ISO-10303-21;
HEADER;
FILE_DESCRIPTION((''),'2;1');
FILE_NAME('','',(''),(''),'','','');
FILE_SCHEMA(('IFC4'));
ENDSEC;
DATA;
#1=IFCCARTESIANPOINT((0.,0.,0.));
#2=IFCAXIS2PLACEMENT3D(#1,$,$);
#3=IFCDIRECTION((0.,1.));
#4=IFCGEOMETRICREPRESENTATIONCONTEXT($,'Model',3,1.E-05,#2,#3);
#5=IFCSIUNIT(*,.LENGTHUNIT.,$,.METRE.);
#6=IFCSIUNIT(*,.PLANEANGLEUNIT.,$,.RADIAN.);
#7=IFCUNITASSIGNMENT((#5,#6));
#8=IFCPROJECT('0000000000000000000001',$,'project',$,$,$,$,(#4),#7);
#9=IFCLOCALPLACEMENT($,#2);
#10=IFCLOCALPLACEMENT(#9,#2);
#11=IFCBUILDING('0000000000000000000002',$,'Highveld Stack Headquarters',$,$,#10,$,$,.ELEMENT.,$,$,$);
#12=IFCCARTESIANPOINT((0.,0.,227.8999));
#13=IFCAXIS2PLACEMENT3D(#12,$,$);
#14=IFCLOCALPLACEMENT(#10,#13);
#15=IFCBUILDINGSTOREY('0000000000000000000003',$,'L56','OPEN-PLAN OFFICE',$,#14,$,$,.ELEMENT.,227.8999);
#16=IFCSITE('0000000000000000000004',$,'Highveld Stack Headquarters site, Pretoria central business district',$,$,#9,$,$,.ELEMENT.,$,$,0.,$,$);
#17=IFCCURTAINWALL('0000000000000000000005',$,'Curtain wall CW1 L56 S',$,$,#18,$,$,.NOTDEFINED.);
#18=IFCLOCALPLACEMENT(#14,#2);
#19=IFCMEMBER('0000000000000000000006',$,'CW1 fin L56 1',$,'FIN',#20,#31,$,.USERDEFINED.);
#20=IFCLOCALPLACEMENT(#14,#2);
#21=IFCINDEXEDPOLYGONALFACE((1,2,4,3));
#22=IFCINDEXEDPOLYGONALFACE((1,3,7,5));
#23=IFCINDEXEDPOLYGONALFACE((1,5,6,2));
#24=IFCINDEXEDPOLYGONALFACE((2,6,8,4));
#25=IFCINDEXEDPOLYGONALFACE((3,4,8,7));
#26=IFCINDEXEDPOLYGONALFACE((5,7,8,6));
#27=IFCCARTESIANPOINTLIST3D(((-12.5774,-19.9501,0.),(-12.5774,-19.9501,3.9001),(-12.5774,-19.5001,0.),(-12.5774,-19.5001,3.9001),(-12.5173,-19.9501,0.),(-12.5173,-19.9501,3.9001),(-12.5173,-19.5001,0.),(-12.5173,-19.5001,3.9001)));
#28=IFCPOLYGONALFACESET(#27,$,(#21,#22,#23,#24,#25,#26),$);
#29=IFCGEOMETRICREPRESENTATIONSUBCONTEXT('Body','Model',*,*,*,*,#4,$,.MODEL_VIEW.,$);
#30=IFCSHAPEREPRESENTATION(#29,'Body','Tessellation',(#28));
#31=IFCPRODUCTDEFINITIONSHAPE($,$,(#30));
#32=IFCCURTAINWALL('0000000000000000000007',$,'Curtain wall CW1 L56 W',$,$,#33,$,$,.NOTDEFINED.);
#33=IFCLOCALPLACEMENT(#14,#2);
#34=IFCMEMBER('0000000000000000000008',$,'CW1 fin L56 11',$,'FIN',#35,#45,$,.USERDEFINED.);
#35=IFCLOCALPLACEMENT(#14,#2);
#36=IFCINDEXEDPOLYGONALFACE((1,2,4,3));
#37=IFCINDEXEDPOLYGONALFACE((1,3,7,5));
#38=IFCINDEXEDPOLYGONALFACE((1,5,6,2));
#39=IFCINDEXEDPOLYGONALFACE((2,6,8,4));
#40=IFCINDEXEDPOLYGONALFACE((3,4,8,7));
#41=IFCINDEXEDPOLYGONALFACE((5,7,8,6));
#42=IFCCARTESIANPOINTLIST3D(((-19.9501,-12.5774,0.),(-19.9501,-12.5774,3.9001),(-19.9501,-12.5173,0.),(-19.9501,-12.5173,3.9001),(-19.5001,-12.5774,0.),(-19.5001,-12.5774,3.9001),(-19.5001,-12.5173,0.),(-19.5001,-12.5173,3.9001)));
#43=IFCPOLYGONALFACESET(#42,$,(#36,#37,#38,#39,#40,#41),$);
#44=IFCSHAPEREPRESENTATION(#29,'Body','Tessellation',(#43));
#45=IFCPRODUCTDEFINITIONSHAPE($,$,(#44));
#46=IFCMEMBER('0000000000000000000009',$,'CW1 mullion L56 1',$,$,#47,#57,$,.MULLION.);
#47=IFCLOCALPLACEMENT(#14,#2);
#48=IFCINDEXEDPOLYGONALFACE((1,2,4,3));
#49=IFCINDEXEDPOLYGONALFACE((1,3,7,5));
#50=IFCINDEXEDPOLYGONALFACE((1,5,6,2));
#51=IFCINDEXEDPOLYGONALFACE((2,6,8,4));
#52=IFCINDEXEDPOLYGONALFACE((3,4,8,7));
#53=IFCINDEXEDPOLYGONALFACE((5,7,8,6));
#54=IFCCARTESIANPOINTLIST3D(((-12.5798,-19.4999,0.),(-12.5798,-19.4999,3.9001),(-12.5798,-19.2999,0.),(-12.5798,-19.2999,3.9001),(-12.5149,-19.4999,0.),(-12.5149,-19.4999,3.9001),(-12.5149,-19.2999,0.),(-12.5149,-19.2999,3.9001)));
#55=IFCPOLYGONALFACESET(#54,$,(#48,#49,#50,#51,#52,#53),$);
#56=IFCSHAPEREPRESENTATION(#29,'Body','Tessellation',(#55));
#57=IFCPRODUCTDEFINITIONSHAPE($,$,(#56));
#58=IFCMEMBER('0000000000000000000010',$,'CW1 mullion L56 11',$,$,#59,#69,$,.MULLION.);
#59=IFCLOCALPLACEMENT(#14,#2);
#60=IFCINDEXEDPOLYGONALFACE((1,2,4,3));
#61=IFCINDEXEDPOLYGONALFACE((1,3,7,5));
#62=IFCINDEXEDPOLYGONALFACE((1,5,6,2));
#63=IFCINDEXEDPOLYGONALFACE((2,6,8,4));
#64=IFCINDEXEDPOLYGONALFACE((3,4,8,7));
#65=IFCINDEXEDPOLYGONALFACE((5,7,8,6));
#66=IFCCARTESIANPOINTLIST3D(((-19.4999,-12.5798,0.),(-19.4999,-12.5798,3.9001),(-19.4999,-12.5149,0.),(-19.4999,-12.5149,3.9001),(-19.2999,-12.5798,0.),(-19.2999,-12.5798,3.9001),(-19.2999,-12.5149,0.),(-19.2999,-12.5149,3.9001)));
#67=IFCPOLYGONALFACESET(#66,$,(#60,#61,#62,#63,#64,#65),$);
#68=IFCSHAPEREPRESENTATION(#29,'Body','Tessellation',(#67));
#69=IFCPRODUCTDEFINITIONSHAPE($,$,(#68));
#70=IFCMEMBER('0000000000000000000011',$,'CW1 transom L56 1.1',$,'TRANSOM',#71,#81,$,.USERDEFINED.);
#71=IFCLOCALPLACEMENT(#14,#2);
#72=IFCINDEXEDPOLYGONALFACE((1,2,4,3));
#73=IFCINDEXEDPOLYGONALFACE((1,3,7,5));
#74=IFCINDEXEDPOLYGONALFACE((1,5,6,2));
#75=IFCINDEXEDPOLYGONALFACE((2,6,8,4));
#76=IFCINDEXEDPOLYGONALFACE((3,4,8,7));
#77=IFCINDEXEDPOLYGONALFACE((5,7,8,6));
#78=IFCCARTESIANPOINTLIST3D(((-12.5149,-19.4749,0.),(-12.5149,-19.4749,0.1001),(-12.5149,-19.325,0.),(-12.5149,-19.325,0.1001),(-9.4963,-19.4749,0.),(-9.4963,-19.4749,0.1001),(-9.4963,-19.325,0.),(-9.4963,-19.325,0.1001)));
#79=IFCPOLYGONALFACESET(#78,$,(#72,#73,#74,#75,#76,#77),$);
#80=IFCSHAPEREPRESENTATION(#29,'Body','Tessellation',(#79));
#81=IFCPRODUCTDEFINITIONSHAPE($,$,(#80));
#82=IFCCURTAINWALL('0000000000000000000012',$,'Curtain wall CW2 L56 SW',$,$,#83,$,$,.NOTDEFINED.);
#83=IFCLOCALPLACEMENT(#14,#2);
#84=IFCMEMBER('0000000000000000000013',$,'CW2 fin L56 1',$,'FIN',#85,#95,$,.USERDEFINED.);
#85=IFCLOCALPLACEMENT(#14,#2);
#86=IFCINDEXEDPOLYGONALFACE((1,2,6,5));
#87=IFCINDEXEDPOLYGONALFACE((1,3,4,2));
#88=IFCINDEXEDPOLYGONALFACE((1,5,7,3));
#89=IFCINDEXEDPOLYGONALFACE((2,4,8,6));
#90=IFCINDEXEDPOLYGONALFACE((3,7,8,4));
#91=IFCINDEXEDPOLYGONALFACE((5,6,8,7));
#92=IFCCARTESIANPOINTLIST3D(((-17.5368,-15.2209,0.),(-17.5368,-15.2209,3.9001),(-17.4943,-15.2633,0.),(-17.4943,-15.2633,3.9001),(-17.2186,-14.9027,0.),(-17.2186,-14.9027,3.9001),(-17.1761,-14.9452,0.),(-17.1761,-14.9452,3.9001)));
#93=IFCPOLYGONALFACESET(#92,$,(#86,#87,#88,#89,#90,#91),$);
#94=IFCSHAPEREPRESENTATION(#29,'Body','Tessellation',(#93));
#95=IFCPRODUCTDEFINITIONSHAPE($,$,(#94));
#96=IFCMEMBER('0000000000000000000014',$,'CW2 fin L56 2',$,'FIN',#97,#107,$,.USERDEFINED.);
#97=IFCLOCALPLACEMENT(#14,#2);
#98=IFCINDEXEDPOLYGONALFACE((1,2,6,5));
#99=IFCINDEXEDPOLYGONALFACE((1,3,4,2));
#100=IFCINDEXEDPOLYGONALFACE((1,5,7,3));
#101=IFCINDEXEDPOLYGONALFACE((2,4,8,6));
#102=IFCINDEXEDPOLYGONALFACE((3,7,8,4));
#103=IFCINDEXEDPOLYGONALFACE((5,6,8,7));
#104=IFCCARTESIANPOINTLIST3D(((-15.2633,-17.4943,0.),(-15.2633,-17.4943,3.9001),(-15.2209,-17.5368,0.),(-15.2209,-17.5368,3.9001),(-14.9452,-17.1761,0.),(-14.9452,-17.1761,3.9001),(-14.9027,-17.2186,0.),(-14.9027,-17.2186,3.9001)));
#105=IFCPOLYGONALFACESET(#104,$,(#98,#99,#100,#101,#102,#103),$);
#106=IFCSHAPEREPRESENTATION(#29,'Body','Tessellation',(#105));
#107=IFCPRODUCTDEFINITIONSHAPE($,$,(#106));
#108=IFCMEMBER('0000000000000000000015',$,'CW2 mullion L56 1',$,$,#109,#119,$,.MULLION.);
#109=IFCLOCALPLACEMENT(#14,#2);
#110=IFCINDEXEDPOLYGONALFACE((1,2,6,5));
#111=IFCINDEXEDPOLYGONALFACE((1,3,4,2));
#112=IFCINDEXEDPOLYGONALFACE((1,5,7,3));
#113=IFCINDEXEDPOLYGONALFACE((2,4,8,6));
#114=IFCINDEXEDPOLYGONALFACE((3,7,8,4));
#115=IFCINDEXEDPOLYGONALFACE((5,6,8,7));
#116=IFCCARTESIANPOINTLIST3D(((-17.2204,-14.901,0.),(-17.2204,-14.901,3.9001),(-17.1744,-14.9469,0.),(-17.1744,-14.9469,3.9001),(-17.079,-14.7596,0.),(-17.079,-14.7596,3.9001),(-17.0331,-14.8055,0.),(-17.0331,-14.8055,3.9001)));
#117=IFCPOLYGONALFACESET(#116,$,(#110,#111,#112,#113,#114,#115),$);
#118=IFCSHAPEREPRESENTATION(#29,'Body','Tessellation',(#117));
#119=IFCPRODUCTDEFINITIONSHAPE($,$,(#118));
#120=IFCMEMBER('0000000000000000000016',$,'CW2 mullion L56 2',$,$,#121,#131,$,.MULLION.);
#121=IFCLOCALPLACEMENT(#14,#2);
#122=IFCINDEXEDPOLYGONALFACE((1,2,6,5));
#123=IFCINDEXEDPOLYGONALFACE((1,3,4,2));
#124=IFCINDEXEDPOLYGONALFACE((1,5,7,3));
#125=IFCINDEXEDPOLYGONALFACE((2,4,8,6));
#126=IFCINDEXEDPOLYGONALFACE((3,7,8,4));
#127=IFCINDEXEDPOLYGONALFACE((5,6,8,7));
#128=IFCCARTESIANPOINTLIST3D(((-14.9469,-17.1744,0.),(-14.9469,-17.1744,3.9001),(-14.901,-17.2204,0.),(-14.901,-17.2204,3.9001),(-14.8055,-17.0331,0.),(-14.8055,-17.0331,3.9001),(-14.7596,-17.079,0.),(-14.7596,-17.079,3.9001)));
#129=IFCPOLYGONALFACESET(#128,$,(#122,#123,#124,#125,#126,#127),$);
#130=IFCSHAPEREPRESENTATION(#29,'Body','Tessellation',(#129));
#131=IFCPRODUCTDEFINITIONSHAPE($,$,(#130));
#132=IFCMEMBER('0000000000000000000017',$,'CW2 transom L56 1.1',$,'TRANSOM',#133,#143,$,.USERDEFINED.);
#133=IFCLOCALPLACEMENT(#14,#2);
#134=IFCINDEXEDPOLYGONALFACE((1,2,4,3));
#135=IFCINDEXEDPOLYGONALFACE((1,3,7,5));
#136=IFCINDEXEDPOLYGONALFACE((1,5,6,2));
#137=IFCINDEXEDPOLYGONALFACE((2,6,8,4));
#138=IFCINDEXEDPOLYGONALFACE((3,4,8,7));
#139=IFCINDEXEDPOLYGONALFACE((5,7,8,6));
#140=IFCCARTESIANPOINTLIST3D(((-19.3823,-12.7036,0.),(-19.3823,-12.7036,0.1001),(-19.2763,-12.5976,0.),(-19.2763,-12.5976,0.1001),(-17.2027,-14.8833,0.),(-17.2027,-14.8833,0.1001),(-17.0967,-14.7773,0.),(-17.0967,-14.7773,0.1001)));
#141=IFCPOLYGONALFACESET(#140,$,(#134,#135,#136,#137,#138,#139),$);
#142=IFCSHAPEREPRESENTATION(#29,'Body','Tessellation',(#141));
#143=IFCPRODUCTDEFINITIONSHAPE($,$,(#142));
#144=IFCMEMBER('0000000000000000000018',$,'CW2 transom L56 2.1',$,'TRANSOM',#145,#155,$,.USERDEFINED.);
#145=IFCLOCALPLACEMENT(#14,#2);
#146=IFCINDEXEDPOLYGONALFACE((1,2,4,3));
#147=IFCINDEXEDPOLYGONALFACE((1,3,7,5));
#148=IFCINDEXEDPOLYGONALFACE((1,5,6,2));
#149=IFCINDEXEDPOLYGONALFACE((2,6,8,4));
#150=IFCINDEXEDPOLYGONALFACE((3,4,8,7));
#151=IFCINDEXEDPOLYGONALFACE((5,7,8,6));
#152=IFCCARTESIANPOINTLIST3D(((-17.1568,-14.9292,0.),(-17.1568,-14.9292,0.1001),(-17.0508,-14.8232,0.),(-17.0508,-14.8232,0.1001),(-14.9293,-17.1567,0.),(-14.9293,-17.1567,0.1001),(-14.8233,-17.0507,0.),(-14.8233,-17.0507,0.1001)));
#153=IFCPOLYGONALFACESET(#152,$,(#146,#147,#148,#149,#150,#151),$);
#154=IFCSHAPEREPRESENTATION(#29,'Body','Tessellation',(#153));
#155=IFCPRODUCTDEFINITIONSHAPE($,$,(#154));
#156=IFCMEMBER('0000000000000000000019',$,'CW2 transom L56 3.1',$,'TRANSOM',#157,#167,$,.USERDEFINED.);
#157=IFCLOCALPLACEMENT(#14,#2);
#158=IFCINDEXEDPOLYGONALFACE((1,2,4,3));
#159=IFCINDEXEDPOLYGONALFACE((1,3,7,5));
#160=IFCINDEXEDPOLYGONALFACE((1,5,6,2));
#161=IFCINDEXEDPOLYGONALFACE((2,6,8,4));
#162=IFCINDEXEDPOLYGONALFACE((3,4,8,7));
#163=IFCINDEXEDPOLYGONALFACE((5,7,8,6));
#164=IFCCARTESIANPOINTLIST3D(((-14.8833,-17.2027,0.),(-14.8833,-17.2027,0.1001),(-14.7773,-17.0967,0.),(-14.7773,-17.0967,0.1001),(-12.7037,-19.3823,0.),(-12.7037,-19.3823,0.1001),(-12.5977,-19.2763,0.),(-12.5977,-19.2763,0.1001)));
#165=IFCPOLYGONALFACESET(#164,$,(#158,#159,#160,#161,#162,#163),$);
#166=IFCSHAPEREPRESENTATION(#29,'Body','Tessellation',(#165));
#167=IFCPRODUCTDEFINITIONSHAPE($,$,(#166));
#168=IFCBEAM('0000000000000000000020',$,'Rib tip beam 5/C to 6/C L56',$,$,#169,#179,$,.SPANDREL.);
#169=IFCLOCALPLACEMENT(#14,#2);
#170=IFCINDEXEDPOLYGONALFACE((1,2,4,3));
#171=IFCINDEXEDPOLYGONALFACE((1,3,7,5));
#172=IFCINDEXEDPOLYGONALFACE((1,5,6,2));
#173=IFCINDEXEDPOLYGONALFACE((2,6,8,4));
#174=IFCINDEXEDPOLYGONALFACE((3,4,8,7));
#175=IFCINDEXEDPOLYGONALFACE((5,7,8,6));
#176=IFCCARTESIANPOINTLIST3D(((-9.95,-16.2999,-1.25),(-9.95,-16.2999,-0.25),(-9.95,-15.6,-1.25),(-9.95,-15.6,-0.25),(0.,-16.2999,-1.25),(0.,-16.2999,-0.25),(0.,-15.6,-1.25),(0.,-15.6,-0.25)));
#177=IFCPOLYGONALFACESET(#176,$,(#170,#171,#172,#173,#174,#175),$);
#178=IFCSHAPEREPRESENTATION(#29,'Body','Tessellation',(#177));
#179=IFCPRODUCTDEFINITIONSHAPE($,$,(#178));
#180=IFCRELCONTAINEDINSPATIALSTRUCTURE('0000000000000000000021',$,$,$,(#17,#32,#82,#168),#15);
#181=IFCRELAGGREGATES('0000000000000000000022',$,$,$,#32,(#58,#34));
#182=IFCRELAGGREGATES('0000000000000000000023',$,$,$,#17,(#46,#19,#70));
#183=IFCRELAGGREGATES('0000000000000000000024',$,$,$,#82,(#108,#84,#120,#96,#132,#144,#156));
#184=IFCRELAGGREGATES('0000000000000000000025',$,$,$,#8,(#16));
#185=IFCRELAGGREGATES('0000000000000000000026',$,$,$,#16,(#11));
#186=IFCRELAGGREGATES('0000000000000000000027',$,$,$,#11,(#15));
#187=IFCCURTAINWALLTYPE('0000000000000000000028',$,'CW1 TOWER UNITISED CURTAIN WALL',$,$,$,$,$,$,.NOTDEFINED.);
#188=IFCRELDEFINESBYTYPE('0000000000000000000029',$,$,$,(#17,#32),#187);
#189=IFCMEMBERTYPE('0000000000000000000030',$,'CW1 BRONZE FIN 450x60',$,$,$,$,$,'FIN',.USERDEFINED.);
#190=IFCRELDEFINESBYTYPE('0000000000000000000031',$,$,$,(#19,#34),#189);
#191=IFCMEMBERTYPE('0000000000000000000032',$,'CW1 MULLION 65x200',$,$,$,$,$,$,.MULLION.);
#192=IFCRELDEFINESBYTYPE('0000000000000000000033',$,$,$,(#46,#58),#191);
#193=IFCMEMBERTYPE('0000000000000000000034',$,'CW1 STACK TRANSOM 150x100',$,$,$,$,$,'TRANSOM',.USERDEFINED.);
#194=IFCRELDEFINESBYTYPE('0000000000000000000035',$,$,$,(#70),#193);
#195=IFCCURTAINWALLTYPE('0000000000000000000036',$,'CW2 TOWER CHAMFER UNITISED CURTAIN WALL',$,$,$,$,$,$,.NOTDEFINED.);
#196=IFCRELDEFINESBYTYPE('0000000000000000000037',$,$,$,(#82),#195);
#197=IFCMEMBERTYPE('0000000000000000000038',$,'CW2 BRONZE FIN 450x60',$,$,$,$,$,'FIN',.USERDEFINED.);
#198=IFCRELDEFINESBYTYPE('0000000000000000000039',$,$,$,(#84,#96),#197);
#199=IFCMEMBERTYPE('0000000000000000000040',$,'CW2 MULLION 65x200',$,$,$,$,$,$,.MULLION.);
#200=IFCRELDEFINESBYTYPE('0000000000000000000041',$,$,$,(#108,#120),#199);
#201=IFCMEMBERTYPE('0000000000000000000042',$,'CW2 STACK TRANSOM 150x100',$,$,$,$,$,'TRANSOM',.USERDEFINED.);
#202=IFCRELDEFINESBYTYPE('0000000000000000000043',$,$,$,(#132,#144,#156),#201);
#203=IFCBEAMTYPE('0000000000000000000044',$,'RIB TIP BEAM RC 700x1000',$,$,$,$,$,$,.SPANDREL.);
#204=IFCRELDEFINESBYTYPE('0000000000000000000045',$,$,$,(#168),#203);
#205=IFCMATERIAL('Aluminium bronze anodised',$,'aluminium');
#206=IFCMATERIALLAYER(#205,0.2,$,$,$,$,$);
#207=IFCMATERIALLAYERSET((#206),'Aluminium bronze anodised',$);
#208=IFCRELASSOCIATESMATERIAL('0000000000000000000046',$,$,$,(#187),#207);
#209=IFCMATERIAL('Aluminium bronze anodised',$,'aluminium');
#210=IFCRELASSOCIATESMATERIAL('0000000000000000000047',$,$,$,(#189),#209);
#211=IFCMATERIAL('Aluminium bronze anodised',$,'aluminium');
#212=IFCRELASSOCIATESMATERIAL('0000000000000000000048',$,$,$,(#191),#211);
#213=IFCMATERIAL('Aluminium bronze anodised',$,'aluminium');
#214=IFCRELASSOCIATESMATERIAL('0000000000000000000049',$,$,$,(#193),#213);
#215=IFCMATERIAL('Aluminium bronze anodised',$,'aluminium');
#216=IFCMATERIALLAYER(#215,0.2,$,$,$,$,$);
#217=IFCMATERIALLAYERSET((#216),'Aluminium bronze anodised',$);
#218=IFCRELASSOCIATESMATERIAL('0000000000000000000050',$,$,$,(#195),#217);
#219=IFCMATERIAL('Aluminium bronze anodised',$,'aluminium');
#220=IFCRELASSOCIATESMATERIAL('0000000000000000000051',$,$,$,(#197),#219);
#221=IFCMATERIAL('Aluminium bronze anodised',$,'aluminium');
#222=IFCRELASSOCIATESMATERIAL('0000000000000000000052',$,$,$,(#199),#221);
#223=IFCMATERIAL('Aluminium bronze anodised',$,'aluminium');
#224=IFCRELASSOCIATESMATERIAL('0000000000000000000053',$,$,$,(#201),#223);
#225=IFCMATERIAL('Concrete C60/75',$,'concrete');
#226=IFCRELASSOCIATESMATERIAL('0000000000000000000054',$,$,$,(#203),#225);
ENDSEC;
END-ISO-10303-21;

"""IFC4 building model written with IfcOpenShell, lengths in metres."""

from ifc_helpers import new_model, si_unit, direction, frame, origin, origin_2d, place, context, subcontext, project, spatial, rectangle, extrude, material, layer, layer_set, material_profile, profile_set, type_object, element, aggregate, save


model = new_model("IFC4")

# Units and contexts
model_context = context("Model", 3, precision=1e-05, world=origin(), true_north=direction((0.0, 1.0)))
body_context = subcontext(model_context, "Body", "Model", "MODEL_VIEW")
ifc_project = project(units=[si_unit("LENGTHUNIT", "METRE"), si_unit("PLANEANGLEUNIT", "RADIAN")], contexts=[model_context])

# Site, building, storey
site_placement = place(None, origin())
site = spatial("IfcSite", under=ifc_project, at=site_placement, Name="Highveld Stack Headquarters site, Pretoria central business district", CompositionType="ELEMENT", RefElevation=0.0)
building_placement = place(site_placement, origin())
building = spatial("IfcBuilding", under=site, at=building_placement, Name="Highveld Stack Headquarters", CompositionType="ELEMENT")
storey_placement = place(building_placement, frame((0.0, 0.0, 227.8999)))
storey = spatial("IfcBuildingStorey", under=building, at=storey_placement, Name="L56", Description="OPEN-PLAN OFFICE", CompositionType="ELEMENT", Elevation=227.8999)

# Curtain walls, members
ifc_material_1 = material(Name="Aluminium bronze anodised", Category="aluminium")
ifc_layer_1 = layer(ifc_material_1, 0.2)
ifc_layer_set_1 = layer_set([ifc_layer_1], Name="Aluminium bronze anodised")
curtain_wall_type_1 = type_object("IfcCurtainWallType", Name="CW1 TOWER UNITISED CURTAIN WALL", PredefinedType="NOTDEFINED", material=ifc_layer_set_1)
curtain_wall_1_placement = place(storey_placement, origin())
curtain_wall_1 = element("IfcCurtainWall", 1, at=curtain_wall_1_placement, inside=storey, type_object=curtain_wall_type_1, Name="Curtain wall CW1 L56 S", PredefinedType="NOTDEFINED")
ifc_material_2 = material(Name="Aluminium bronze anodised", Category="aluminium")
ifc_material_profile_1 = material_profile(ifc_material_2, rectangle(XDim=0.45, YDim=0.0601, at=origin_2d()), Name="FIN 450x60")
ifc_profile_set_1 = profile_set([ifc_material_profile_1], Name="Aluminium bronze anodised")
member_type_1 = type_object("IfcMemberType", Name="CW1 BRONZE FIN 450x60", ElementType="FIN", PredefinedType="USERDEFINED", material=ifc_profile_set_1)
member_1_placement = place(storey_placement, frame((-12.5474, -19.7251, 0.0), z_axis=(0.0, 0.0, 1.0), x_axis=(0.0, 1.0, 0.0)))
member_1 = element("IfcMember", 2, at=member_1_placement, type_object=member_type_1, Name="CW1 fin L56 1", ObjectType="FIN", PredefinedType="USERDEFINED", context=body_context, shape_type="SweptSolid", body=[
    extrude(rectangle(XDim=0.45, YDim=0.0601, at=origin_2d()), origin(), (0.0, 0.0, 1.0), 3.9001),
])
curtain_wall_2_placement = place(storey_placement, origin())
curtain_wall_2 = element("IfcCurtainWall", 3, at=curtain_wall_2_placement, inside=storey, type_object=curtain_wall_type_1, Name="Curtain wall CW1 L56 W", PredefinedType="NOTDEFINED")
member_2_placement = place(storey_placement, frame((-19.7251, -12.5474, 0.0), z_axis=(0.0, 0.0, 1.0), x_axis=(1.0, 0.0, 0.0)))
member_2 = element("IfcMember", 4, at=member_2_placement, type_object=member_type_1, Name="CW1 fin L56 11", ObjectType="FIN", PredefinedType="USERDEFINED", context=body_context, shape_type="SweptSolid", body=[
    extrude(rectangle(XDim=0.45, YDim=0.0601, at=origin_2d()), origin(), (0.0, 0.0, 1.0), 3.9001),
])

# Members
ifc_material_3 = material(Name="Aluminium bronze anodised", Category="aluminium")
ifc_material_profile_2 = material_profile(ifc_material_3, rectangle(XDim=0.2, YDim=0.0649, at=origin_2d()), Name="CW1 MULLION 65x200")
ifc_profile_set_2 = profile_set([ifc_material_profile_2], Name="Aluminium bronze anodised")
member_type_2 = type_object("IfcMemberType", Name="CW1 MULLION 65x200", PredefinedType="MULLION", material=ifc_profile_set_2)
member_3_placement = place(storey_placement, frame((-12.5474, -19.3999, 0.0), z_axis=(0.0, 0.0, 1.0), x_axis=(0.0, 1.0, 0.0)))
member_3 = element("IfcMember", 5, at=member_3_placement, type_object=member_type_2, Name="CW1 mullion L56 1", PredefinedType="MULLION", context=body_context, shape_type="SweptSolid", body=[
    extrude(rectangle(XDim=0.2, YDim=0.0649, at=origin_2d()), origin(), (0.0, 0.0, 1.0), 3.9001),
])
member_4_placement = place(storey_placement, frame((-19.3999, -12.5474, 0.0), z_axis=(0.0, 0.0, 1.0), x_axis=(1.0, 0.0, 0.0)))
member_4 = element("IfcMember", 6, at=member_4_placement, type_object=member_type_2, Name="CW1 mullion L56 11", PredefinedType="MULLION", context=body_context, shape_type="SweptSolid", body=[
    extrude(rectangle(XDim=0.2, YDim=0.0649, at=origin_2d()), origin(), (0.0, 0.0, 1.0), 3.9001),
])
aggregate(curtain_wall_2, [member_4, member_2])
ifc_material_4 = material(Name="Aluminium bronze anodised", Category="aluminium")
ifc_material_profile_3 = material_profile(ifc_material_4, rectangle(XDim=0.1499, YDim=0.1001, at=origin_2d()), Name="CW1 TRANSOM 150x100")
ifc_profile_set_3 = profile_set([ifc_material_profile_3], Name="Aluminium bronze anodised")
member_type_3 = type_object("IfcMemberType", Name="CW1 STACK TRANSOM 150x100", ElementType="TRANSOM", PredefinedType="USERDEFINED", material=ifc_profile_set_3)
member_5_placement = place(storey_placement, frame((-12.5149, -19.3999, 0.05), z_axis=(1.0, 0.0, 0.0), x_axis=(0.0, 1.0, 0.0)))
member_5 = element("IfcMember", 7, at=member_5_placement, type_object=member_type_3, Name="CW1 transom L56 1.1", ObjectType="TRANSOM", PredefinedType="USERDEFINED", context=body_context, shape_type="SweptSolid", body=[
    extrude(rectangle(XDim=0.1499, YDim=0.1001, at=origin_2d()), origin(), (0.0, 0.0, 1.0), 3.0186),
])

# Curtain wall, members
ifc_material_5 = material(Name="Aluminium bronze anodised", Category="aluminium")
ifc_layer_2 = layer(ifc_material_5, 0.2)
ifc_layer_set_2 = layer_set([ifc_layer_2], Name="Aluminium bronze anodised")
curtain_wall_type_2 = type_object("IfcCurtainWallType", Name="CW2 TOWER CHAMFER UNITISED CURTAIN WALL", PredefinedType="NOTDEFINED", material=ifc_layer_set_2)
curtain_wall_3_placement = place(storey_placement, origin())
curtain_wall_3 = element("IfcCurtainWall", 8, at=curtain_wall_3_placement, inside=storey, type_object=curtain_wall_type_2, Name="Curtain wall CW2 L56 SW", PredefinedType="NOTDEFINED")
ifc_material_6 = material(Name="Aluminium bronze anodised", Category="aluminium")
ifc_material_profile_4 = material_profile(ifc_material_6, rectangle(XDim=0.45, YDim=0.0601, at=origin_2d()), Name="FIN 450x60")
ifc_profile_set_4 = profile_set([ifc_material_profile_4], Name="Aluminium bronze anodised")
member_type_4 = type_object("IfcMemberType", Name="CW2 BRONZE FIN 450x60", ElementType="FIN", PredefinedType="USERDEFINED", material=ifc_profile_set_4)
member_6_placement = place(storey_placement, frame((-17.3564, -15.083, 0.0), z_axis=(0.0, 0.0, 1.0), x_axis=(0.707107, 0.707107, 0.0)))
member_6 = element("IfcMember", 9, at=member_6_placement, type_object=member_type_4, Name="CW2 fin L56 1", ObjectType="FIN", PredefinedType="USERDEFINED", context=body_context, shape_type="SweptSolid", body=[
    extrude(rectangle(XDim=0.45, YDim=0.0601, at=origin_2d()), origin(), (0.0, 0.0, 1.0), 3.9001),
])
member_7_placement = place(storey_placement, frame((-15.083, -17.3564, 0.0), z_axis=(0.0, 0.0, 1.0), x_axis=(0.707107, 0.707107, 0.0)))
member_7 = element("IfcMember", 10, at=member_7_placement, type_object=member_type_4, Name="CW2 fin L56 2", ObjectType="FIN", PredefinedType="USERDEFINED", context=body_context, shape_type="SweptSolid", body=[
    extrude(rectangle(XDim=0.45, YDim=0.0601, at=origin_2d()), origin(), (0.0, 0.0, 1.0), 3.9001),
])
ifc_material_7 = material(Name="Aluminium bronze anodised", Category="aluminium")
ifc_material_profile_5 = material_profile(ifc_material_7, rectangle(XDim=0.2, YDim=0.0649, at=origin_2d()), Name="CW2 MULLION 65x200")
ifc_profile_set_5 = profile_set([ifc_material_profile_5], Name="Aluminium bronze anodised")
member_type_5 = type_object("IfcMemberType", Name="CW2 MULLION 65x200", PredefinedType="MULLION", material=ifc_profile_set_5)
member_8_placement = place(storey_placement, frame((-17.1267, -14.8533, 0.0), z_axis=(0.0, 0.0, 1.0), x_axis=(0.707107, 0.707107, 0.0)))
member_8 = element("IfcMember", 11, at=member_8_placement, type_object=member_type_5, Name="CW2 mullion L56 1", PredefinedType="MULLION", context=body_context, shape_type="SweptSolid", body=[
    extrude(rectangle(XDim=0.2, YDim=0.0649, at=origin_2d()), origin(), (0.0, 0.0, 1.0), 3.9001),
])
member_9_placement = place(storey_placement, frame((-14.8533, -17.1267, 0.0), z_axis=(0.0, 0.0, 1.0), x_axis=(0.707107, 0.707107, 0.0)))
member_9 = element("IfcMember", 12, at=member_9_placement, type_object=member_type_5, Name="CW2 mullion L56 2", PredefinedType="MULLION", context=body_context, shape_type="SweptSolid", body=[
    extrude(rectangle(XDim=0.2, YDim=0.0649, at=origin_2d()), origin(), (0.0, 0.0, 1.0), 3.9001),
])
ifc_material_8 = material(Name="Aluminium bronze anodised", Category="aluminium")
ifc_material_profile_6 = material_profile(ifc_material_8, rectangle(XDim=0.1499, YDim=0.1001, at=origin_2d()), Name="CW2 TRANSOM 150x100")
ifc_profile_set_6 = profile_set([ifc_material_profile_6], Name="Aluminium bronze anodised")
member_type_6 = type_object("IfcMemberType", Name="CW2 STACK TRANSOM 150x100", ElementType="TRANSOM", PredefinedType="USERDEFINED", material=ifc_profile_set_6)
member_10_placement = place(storey_placement, frame((-19.3293, -12.6506, 0.05), z_axis=(0.707107, -0.707107, 0.0), x_axis=(0.707107, 0.707107, 0.0)))
member_10 = element("IfcMember", 13, at=member_10_placement, type_object=member_type_6, Name="CW2 transom L56 1.1", ObjectType="TRANSOM", PredefinedType="USERDEFINED", context=body_context, shape_type="SweptSolid", body=[
    extrude(rectangle(XDim=0.1499, YDim=0.1001, at=origin_2d()), origin(), (0.0, 0.0, 1.0), 3.0825),
])
member_11_placement = place(storey_placement, frame((-17.1038, -14.8762, 0.05), z_axis=(0.707107, -0.707107, 0.0), x_axis=(0.707107, 0.707107, 0.0)))
member_11 = element("IfcMember", 14, at=member_11_placement, type_object=member_type_6, Name="CW2 transom L56 2.1", ObjectType="TRANSOM", PredefinedType="USERDEFINED", context=body_context, shape_type="SweptSolid", body=[
    extrude(rectangle(XDim=0.1499, YDim=0.1001, at=origin_2d()), origin(), (0.0, 0.0, 1.0), 3.1501),
])
member_12_placement = place(storey_placement, frame((-14.8303, -17.1497, 0.05), z_axis=(0.707107, -0.707107, 0.0), x_axis=(0.707107, 0.707107, 0.0)))
member_12 = element("IfcMember", 15, at=member_12_placement, type_object=member_type_6, Name="CW2 transom L56 3.1", ObjectType="TRANSOM", PredefinedType="USERDEFINED", context=body_context, shape_type="SweptSolid", body=[
    extrude(rectangle(XDim=0.1499, YDim=0.1001, at=origin_2d()), origin(), (0.0, 0.0, 1.0), 3.0825),
])

# Beam
ifc_material_9 = material(Name="Concrete C60/75", Category="concrete")
ifc_material_profile_7 = material_profile(ifc_material_9, rectangle(XDim=0.7, YDim=1.0, at=origin_2d()), Name="RC 700x1000")
ifc_profile_set_7 = profile_set([ifc_material_profile_7], Name="Concrete C60/75")
beam_type = type_object("IfcBeamType", Name="RIB TIP BEAM RC 700x1000", PredefinedType="SPANDREL", material=ifc_profile_set_7)
beam_1_placement = place(storey_placement, frame((-9.95, -15.95, -0.75), z_axis=(1.0, 0.0, 0.0), x_axis=(0.0, 1.0, 0.0)))
element("IfcBeam", 16, at=beam_1_placement, inside=storey, type_object=beam_type, Name="Rib tip beam 5/C to 6/C L56", PredefinedType="SPANDREL", context=body_context, shape_type="SweptSolid", body=[
    extrude(rectangle(XDim=0.7, YDim=1.0, at=origin_2d()), origin(), (0.0, 0.0, 1.0), 9.95),
])

aggregate(curtain_wall_1, [member_3, member_1, member_5])
aggregate(curtain_wall_3, [member_8, member_6, member_9, member_7, member_10, member_11, member_12])

save(model, "model.ifc")
